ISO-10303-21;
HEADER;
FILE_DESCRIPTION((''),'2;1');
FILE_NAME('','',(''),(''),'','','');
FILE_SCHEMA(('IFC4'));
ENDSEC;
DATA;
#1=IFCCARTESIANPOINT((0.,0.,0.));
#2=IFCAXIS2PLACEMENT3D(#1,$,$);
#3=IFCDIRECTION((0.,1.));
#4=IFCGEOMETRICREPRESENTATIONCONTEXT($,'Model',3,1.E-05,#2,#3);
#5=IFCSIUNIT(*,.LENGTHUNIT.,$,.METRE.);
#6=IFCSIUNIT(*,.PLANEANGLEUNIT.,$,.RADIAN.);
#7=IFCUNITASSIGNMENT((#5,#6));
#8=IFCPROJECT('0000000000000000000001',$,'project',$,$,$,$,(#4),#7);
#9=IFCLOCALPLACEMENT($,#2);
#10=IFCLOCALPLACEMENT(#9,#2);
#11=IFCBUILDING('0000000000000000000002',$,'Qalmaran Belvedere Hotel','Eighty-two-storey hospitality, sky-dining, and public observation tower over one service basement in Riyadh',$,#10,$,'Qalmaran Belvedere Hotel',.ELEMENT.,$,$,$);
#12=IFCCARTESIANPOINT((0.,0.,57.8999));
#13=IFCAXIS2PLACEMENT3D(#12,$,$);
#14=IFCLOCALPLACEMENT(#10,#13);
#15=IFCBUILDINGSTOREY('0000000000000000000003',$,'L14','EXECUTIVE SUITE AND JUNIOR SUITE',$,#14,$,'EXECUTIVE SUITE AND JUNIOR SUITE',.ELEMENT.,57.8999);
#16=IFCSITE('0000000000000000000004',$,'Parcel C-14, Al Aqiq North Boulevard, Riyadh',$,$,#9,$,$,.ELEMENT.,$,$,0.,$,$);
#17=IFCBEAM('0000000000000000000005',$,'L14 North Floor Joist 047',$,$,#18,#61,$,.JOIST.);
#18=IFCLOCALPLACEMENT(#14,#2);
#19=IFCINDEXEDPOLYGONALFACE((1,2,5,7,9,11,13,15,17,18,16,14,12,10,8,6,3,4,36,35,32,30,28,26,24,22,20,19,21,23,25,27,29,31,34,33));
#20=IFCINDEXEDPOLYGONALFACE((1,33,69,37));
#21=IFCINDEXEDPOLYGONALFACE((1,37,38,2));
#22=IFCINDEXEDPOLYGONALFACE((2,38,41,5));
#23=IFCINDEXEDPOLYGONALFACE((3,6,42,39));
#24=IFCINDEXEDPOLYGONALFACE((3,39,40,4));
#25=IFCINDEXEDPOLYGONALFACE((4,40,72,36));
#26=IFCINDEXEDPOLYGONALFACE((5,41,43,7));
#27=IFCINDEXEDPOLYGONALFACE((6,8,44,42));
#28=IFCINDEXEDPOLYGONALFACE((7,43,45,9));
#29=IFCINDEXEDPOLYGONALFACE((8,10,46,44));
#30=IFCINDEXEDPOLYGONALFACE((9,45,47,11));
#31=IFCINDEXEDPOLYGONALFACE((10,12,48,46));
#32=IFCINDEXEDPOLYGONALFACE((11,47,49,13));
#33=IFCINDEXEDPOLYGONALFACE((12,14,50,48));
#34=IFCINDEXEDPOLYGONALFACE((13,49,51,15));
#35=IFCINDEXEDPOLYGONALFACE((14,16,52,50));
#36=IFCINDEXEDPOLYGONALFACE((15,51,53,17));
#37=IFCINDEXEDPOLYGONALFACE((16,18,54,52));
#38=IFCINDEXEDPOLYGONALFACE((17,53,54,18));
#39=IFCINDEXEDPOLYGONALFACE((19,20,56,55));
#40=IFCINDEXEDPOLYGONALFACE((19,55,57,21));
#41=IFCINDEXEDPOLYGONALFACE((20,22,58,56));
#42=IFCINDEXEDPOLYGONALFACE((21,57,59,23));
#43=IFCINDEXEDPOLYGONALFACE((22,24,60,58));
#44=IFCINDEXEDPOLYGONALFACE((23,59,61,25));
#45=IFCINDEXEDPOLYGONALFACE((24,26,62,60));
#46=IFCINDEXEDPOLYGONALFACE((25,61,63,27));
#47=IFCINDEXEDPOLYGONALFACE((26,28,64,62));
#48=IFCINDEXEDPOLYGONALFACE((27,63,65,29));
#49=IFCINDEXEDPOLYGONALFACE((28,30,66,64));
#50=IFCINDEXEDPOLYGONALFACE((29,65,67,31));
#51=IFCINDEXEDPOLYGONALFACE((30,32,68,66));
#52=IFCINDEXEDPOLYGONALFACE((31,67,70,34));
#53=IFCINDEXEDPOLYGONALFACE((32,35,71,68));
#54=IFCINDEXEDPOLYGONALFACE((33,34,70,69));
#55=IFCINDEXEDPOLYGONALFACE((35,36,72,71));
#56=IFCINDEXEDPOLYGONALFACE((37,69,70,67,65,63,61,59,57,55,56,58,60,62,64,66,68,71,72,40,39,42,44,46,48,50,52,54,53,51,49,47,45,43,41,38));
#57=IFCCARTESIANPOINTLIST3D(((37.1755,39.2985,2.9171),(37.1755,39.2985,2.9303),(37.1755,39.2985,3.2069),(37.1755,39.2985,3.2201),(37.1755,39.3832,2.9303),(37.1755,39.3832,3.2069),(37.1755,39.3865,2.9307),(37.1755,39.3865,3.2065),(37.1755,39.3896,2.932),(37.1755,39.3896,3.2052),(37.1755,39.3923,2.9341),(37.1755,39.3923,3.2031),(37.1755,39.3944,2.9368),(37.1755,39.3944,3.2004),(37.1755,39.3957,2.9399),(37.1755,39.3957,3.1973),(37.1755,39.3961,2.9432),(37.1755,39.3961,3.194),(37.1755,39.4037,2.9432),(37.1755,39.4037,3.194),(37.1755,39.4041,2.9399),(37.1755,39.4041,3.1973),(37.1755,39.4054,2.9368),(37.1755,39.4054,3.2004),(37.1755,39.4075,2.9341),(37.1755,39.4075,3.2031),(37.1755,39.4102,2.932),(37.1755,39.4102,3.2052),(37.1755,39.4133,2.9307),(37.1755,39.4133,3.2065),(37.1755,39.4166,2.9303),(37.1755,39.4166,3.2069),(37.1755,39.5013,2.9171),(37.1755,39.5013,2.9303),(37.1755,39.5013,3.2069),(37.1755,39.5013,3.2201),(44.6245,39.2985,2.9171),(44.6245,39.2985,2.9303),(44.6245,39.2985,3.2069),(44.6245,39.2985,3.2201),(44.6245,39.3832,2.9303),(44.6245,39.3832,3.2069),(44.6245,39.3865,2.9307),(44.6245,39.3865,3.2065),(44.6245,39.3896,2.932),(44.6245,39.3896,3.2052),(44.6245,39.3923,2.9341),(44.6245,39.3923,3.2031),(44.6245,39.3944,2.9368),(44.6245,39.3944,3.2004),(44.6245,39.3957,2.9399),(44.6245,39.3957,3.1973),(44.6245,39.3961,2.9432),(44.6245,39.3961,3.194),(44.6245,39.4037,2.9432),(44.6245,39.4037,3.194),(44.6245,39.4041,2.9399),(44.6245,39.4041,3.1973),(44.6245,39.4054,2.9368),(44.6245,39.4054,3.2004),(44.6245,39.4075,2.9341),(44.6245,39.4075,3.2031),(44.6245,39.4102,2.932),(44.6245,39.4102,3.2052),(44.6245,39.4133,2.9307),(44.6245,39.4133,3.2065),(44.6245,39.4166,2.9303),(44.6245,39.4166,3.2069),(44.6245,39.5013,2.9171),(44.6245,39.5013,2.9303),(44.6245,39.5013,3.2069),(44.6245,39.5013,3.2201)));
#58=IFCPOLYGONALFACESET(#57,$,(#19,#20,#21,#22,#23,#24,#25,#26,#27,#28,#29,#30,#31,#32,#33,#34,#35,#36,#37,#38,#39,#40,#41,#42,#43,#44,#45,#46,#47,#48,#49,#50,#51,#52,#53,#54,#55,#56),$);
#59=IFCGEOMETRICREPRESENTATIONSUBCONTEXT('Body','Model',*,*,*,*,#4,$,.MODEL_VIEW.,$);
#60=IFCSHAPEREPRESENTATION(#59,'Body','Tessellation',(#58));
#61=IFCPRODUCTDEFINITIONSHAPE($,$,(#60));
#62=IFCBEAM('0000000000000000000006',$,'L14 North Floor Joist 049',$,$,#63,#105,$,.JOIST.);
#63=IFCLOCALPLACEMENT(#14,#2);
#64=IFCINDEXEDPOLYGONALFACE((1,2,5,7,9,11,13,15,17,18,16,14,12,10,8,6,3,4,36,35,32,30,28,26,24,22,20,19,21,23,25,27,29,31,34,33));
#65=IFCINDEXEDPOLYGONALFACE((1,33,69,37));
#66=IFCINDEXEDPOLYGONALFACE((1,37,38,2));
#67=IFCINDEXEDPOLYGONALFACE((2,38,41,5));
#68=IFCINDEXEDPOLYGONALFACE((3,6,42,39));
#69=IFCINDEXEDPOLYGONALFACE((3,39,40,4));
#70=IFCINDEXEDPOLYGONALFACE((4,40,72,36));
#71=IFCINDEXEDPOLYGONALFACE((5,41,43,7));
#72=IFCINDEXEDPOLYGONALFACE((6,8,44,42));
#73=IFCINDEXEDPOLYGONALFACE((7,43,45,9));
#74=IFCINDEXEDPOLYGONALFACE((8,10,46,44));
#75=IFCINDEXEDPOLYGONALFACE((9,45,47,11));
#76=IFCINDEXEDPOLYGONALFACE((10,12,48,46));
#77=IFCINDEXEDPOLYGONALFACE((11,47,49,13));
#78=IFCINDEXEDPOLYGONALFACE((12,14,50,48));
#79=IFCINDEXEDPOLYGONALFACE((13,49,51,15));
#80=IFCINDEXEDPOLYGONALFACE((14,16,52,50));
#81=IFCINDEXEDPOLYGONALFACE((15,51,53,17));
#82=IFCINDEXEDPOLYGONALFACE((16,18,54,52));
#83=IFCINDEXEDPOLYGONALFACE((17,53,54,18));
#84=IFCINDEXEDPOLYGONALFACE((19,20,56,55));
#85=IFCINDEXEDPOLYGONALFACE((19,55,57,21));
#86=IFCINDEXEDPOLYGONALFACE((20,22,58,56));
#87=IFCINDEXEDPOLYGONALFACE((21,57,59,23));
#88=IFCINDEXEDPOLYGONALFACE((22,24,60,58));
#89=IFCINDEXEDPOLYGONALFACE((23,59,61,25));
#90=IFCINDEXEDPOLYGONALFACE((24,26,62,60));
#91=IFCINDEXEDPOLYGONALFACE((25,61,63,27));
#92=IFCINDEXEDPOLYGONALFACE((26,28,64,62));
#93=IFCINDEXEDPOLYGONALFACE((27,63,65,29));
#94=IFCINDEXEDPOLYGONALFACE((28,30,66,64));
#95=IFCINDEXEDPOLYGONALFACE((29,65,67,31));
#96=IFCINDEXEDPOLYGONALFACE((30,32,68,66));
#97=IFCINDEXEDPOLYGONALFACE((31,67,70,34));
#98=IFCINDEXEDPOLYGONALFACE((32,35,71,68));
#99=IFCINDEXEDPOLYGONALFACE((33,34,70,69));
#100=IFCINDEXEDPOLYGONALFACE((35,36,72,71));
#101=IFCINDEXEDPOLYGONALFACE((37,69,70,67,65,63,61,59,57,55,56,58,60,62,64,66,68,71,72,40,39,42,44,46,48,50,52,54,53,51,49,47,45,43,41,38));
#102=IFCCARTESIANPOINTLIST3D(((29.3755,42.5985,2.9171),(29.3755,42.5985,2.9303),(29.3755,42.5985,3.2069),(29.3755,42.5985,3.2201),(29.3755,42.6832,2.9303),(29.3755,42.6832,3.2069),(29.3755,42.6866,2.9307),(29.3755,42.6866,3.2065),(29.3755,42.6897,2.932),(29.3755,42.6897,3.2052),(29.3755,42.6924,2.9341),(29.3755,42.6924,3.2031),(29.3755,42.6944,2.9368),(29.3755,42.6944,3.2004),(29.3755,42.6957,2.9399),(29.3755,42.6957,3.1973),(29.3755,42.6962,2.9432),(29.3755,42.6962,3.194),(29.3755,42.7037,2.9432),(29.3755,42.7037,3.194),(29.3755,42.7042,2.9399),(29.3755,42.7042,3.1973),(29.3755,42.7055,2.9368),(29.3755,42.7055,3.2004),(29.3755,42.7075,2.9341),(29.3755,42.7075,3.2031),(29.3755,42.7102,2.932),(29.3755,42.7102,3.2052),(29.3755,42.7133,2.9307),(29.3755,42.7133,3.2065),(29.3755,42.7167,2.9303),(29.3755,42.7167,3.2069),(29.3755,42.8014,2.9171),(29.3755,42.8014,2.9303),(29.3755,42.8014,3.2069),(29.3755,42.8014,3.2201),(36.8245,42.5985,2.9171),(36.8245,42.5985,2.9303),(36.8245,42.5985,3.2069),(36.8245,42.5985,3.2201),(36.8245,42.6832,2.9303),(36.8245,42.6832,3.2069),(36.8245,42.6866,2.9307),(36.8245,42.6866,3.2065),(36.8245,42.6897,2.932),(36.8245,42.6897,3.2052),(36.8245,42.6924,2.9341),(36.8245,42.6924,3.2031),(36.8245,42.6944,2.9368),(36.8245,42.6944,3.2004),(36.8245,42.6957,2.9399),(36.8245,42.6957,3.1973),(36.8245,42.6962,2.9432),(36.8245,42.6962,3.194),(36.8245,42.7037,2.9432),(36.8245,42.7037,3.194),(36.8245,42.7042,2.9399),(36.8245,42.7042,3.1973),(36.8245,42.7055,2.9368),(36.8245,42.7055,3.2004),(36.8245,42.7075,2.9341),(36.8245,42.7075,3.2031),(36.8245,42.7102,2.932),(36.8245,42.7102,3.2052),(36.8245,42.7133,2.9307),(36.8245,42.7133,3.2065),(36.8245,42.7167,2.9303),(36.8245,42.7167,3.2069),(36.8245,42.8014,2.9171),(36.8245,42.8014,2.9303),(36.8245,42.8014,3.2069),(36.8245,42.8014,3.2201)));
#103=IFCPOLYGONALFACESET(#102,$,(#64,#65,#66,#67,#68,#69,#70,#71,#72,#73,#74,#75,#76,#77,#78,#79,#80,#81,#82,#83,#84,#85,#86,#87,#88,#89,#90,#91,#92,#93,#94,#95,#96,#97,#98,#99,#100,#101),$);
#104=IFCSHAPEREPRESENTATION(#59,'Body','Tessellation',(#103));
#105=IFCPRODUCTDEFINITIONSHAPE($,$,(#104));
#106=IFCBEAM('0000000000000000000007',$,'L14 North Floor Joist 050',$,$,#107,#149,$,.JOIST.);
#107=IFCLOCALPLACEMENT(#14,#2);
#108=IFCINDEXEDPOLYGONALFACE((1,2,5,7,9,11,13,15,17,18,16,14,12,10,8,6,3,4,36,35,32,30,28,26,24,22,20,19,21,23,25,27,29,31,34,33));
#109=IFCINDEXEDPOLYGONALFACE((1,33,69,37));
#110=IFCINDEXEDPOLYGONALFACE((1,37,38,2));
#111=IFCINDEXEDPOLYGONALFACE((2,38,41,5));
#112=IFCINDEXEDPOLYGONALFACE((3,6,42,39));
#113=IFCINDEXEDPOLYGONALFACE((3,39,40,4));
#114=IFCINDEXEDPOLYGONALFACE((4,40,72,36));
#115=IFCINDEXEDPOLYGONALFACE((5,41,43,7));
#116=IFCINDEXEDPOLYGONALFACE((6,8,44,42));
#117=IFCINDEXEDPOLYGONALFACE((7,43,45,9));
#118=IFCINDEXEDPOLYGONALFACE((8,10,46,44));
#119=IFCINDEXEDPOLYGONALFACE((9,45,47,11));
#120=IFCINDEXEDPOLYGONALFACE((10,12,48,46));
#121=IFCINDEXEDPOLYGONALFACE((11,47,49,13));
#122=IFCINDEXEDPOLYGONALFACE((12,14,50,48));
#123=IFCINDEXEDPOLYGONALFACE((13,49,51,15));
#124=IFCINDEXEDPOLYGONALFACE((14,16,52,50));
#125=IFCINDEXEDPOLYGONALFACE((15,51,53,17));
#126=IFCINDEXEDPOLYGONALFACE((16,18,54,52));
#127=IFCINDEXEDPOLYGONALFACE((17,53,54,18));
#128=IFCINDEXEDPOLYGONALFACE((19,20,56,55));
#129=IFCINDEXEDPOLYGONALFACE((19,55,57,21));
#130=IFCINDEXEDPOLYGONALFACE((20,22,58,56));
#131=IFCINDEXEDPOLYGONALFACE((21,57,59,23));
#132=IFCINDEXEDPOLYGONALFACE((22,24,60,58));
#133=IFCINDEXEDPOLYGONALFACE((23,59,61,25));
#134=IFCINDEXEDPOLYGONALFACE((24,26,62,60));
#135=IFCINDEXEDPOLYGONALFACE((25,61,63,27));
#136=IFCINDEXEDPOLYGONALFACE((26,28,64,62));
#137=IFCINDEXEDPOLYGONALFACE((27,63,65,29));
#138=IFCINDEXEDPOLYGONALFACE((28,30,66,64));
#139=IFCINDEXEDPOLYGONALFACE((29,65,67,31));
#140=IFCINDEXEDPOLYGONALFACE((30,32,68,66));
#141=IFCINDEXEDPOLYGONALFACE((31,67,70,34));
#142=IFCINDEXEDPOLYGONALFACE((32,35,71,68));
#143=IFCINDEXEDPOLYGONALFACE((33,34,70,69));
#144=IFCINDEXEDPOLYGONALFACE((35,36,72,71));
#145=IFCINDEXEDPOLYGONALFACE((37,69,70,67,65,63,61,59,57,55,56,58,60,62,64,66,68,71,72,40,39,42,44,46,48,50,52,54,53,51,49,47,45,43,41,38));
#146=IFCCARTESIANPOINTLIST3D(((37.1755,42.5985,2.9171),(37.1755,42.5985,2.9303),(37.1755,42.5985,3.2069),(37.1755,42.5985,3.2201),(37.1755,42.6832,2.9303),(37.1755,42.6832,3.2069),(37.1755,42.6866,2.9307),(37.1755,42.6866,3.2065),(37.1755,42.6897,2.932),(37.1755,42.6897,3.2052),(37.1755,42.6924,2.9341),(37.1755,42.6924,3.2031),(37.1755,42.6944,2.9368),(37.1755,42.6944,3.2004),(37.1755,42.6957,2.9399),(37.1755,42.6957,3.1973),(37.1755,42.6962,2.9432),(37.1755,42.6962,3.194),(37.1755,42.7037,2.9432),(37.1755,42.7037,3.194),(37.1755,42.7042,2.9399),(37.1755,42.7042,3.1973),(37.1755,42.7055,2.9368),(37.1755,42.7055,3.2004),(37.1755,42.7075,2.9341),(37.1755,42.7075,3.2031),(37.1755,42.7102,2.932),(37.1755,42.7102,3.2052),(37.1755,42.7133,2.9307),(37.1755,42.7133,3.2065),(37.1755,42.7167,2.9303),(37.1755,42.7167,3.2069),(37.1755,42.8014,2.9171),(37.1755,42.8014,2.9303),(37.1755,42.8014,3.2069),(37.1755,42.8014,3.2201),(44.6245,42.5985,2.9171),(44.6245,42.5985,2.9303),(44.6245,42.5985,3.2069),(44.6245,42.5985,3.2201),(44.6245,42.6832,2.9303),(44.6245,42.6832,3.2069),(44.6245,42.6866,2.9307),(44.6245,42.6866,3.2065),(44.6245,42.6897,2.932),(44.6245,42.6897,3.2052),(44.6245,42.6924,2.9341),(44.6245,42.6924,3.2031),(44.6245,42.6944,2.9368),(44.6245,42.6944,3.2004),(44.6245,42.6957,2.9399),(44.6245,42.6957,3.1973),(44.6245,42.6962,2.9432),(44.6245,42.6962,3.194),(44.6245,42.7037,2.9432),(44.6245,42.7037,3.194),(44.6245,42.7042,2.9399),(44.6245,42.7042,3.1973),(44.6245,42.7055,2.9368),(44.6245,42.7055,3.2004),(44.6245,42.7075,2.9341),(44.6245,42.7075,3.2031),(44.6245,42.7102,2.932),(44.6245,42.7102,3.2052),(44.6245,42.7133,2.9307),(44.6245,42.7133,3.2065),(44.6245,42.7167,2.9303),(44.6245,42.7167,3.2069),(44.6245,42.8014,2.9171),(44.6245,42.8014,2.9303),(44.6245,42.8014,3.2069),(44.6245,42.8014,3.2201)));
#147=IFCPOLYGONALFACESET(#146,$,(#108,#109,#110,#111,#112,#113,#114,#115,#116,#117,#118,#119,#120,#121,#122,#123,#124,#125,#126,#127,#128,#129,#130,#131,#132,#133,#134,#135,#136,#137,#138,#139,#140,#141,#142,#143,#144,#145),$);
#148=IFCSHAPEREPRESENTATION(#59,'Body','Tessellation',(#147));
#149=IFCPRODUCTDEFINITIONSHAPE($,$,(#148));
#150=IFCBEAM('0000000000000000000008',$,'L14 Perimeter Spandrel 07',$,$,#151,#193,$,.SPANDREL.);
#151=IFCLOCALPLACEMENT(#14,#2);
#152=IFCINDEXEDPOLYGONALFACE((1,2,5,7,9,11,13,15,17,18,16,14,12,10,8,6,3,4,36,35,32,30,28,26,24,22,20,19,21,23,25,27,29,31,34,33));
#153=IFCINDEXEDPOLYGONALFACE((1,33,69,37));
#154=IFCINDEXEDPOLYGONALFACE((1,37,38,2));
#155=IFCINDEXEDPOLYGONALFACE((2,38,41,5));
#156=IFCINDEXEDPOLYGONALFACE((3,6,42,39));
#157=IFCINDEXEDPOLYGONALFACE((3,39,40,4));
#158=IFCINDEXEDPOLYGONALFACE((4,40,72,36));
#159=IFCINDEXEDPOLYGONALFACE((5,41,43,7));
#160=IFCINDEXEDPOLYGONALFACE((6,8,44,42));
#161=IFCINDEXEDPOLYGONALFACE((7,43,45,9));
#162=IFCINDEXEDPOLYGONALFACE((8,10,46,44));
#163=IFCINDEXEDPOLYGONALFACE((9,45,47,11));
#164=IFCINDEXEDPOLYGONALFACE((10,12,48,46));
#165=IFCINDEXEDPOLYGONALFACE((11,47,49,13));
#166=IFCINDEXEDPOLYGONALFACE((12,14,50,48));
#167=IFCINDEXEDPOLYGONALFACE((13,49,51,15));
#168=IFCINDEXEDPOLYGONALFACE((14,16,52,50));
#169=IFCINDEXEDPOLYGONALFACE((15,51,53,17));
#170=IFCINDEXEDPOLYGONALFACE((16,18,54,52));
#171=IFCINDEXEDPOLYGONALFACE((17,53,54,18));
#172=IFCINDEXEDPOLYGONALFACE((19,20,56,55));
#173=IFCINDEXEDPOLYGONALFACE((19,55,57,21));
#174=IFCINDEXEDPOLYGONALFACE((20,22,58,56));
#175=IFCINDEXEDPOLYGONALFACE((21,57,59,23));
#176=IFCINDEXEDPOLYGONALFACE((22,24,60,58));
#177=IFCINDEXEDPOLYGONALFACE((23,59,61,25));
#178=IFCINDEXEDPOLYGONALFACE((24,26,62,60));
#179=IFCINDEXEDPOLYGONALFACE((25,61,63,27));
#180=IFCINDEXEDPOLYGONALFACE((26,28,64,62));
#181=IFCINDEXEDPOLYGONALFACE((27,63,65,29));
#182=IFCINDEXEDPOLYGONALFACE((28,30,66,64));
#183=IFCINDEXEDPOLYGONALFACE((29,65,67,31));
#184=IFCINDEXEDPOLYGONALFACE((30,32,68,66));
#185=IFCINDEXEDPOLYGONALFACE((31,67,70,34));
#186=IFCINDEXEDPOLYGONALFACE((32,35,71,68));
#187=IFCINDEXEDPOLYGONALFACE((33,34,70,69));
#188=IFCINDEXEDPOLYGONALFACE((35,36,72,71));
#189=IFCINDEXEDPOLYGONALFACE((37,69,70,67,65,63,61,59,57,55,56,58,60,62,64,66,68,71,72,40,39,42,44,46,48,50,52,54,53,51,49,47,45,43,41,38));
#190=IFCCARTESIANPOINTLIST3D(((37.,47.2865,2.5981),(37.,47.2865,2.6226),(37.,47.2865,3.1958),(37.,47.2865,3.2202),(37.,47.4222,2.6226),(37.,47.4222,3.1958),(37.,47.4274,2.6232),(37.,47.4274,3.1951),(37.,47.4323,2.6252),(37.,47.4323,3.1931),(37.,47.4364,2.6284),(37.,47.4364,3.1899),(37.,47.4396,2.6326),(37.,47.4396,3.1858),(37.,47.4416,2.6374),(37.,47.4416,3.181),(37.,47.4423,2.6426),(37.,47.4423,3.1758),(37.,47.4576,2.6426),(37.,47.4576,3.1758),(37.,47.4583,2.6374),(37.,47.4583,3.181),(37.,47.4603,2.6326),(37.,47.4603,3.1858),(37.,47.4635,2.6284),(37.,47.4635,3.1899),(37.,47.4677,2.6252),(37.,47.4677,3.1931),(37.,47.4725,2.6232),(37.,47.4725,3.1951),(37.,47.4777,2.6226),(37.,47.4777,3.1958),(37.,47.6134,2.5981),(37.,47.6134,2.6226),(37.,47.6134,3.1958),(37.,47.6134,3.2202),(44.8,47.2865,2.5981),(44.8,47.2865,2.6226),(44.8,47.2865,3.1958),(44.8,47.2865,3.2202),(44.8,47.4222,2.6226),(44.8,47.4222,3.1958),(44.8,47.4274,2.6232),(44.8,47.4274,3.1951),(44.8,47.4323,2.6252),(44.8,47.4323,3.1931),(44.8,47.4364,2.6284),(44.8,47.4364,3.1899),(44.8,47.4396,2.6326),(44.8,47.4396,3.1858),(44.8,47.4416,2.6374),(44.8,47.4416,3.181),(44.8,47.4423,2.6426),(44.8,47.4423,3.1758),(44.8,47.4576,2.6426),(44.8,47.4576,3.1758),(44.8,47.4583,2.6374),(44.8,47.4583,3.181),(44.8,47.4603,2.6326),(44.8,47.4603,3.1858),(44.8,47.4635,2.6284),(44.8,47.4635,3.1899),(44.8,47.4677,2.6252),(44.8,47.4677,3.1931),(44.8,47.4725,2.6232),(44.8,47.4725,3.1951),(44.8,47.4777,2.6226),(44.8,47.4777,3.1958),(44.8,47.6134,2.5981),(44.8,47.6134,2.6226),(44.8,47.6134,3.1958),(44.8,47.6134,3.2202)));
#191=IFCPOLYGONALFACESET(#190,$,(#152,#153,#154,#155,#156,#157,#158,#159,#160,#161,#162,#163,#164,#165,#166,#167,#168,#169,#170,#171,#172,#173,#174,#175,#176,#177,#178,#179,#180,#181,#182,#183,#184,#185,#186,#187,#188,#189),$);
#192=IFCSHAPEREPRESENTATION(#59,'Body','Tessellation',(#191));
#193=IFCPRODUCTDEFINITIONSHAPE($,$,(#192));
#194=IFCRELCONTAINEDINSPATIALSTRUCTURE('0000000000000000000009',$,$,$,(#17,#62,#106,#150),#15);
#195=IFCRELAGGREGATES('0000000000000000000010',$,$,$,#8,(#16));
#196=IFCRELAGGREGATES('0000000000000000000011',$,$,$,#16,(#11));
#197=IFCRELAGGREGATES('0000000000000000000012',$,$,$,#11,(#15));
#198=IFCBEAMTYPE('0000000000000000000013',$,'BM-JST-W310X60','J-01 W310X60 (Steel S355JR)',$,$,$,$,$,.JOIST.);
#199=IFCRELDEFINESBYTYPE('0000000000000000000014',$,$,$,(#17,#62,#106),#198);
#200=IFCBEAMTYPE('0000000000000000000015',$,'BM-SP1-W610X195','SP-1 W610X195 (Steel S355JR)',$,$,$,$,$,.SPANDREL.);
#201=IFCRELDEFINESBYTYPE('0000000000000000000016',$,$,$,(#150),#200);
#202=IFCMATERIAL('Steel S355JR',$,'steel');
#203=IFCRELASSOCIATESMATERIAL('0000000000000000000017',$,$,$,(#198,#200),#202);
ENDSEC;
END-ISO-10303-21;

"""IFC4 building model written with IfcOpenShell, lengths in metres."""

from ifc_helpers import new_model, si_unit, direction, frame, origin, origin_2d, place, context, subcontext, project, spatial, i_section, extrude, material, material_profile, profile_set, type_object, element, save


model = new_model("IFC4")

# Units and contexts
model_context = context("Model", 3, precision=1e-05, world=origin(), true_north=direction((0.0, 1.0)))
body_context = subcontext(model_context, "Body", "Model", "MODEL_VIEW")
ifc_project = project(units=[si_unit("LENGTHUNIT", "METRE"), si_unit("PLANEANGLEUNIT", "RADIAN")], contexts=[model_context])

# Site, building, storey
site_placement = place(None, origin())
site = spatial("IfcSite", under=ifc_project, at=site_placement, Name="Parcel C-14, Al Aqiq North Boulevard, Riyadh", CompositionType="ELEMENT", RefElevation=0.0)
building_placement = place(site_placement, origin())
building = spatial("IfcBuilding", under=site, at=building_placement, Name="Qalmaran Belvedere Hotel", Description="Eighty-two-storey hospitality, sky-dining, and public observation tower over one service basement in Riyadh", LongName="Qalmaran Belvedere Hotel", CompositionType="ELEMENT")
storey_placement = place(building_placement, frame((0.0, 0.0, 57.8999)))
storey = spatial("IfcBuildingStorey", under=building, at=storey_placement, Name="L14", Description="EXECUTIVE SUITE AND JUNIOR SUITE", LongName="EXECUTIVE SUITE AND JUNIOR SUITE", CompositionType="ELEMENT", Elevation=57.8999)

# Beams
ifc_material_1 = material(Name="Steel S355JR", Category="steel")
ifc_material_profile_1 = material_profile(ifc_material_1, i_section(OverallWidth=0.2029, OverallDepth=0.303, WebThickness=0.0076, FlangeThickness=0.0132, FilletRadius=0.0129, at=origin_2d()), Name="W310X60")
ifc_profile_set_1 = profile_set([ifc_material_profile_1], Name="Steel S355JR")
beam_type_1 = type_object("IfcBeamType", Name="BM-JST-W310X60", Description="J-01 W310X60 (Steel S355JR)", PredefinedType="JOIST", material=ifc_profile_set_1)
for number, where, z_axis, x_axis, name in (
    (1, (37.1755, 39.3999, 3.0686), (1.0, 0.0, 0.0), (0.0, 1.0, 0.0), "L14 North Floor Joist 047"),
    (2, (29.3755, 42.7, 3.0686), (1.0, 0.0, 0.0), (0.0, 1.0, 0.0), "L14 North Floor Joist 049"),
    (3, (37.1755, 42.7, 3.0686), (1.0, 0.0, 0.0), (0.0, 1.0, 0.0), "L14 North Floor Joist 050"),
):
    element("IfcBeam", number, at=place(storey_placement, frame(where, z_axis=z_axis, x_axis=x_axis)), inside=storey, type_object=beam_type_1, Name=name, PredefinedType="JOIST", context=body_context, shape_type="SweptSolid", body=[
        extrude(i_section(OverallWidth=0.2029, OverallDepth=0.303, WebThickness=0.0076, FlangeThickness=0.0132, FilletRadius=0.0129, at=origin_2d()), origin(), (0.0, 0.0, 1.0), 7.449),
    ])
ifc_material_profile_2 = material_profile(ifc_material_1, i_section(OverallWidth=0.3269, OverallDepth=0.6221, WebThickness=0.0154, FlangeThickness=0.0244, FilletRadius=0.02, at=origin_2d()), Name="W610X195")
ifc_profile_set_2 = profile_set([ifc_material_profile_2], Name="Steel S355JR")
beam_type_2 = type_object("IfcBeamType", Name="BM-SP1-W610X195", Description="SP-1 W610X195 (Steel S355JR)", PredefinedType="SPANDREL", material=ifc_profile_set_2)
beam_1_placement = place(storey_placement, frame((37.0, 47.45, 2.9092), z_axis=(1.0, 0.0, 0.0), x_axis=(0.0, 1.0, 0.0)))
element("IfcBeam", 4, at=beam_1_placement, inside=storey, type_object=beam_type_2, Name="L14 Perimeter Spandrel 07", PredefinedType="SPANDREL", context=body_context, shape_type="SweptSolid", body=[
    extrude(i_section(OverallWidth=0.3269, OverallDepth=0.6221, WebThickness=0.0154, FlangeThickness=0.0244, FilletRadius=0.02, at=origin_2d()), origin(), (0.0, 0.0, 1.0), 7.8),
])

save(model, "model.ifc")
